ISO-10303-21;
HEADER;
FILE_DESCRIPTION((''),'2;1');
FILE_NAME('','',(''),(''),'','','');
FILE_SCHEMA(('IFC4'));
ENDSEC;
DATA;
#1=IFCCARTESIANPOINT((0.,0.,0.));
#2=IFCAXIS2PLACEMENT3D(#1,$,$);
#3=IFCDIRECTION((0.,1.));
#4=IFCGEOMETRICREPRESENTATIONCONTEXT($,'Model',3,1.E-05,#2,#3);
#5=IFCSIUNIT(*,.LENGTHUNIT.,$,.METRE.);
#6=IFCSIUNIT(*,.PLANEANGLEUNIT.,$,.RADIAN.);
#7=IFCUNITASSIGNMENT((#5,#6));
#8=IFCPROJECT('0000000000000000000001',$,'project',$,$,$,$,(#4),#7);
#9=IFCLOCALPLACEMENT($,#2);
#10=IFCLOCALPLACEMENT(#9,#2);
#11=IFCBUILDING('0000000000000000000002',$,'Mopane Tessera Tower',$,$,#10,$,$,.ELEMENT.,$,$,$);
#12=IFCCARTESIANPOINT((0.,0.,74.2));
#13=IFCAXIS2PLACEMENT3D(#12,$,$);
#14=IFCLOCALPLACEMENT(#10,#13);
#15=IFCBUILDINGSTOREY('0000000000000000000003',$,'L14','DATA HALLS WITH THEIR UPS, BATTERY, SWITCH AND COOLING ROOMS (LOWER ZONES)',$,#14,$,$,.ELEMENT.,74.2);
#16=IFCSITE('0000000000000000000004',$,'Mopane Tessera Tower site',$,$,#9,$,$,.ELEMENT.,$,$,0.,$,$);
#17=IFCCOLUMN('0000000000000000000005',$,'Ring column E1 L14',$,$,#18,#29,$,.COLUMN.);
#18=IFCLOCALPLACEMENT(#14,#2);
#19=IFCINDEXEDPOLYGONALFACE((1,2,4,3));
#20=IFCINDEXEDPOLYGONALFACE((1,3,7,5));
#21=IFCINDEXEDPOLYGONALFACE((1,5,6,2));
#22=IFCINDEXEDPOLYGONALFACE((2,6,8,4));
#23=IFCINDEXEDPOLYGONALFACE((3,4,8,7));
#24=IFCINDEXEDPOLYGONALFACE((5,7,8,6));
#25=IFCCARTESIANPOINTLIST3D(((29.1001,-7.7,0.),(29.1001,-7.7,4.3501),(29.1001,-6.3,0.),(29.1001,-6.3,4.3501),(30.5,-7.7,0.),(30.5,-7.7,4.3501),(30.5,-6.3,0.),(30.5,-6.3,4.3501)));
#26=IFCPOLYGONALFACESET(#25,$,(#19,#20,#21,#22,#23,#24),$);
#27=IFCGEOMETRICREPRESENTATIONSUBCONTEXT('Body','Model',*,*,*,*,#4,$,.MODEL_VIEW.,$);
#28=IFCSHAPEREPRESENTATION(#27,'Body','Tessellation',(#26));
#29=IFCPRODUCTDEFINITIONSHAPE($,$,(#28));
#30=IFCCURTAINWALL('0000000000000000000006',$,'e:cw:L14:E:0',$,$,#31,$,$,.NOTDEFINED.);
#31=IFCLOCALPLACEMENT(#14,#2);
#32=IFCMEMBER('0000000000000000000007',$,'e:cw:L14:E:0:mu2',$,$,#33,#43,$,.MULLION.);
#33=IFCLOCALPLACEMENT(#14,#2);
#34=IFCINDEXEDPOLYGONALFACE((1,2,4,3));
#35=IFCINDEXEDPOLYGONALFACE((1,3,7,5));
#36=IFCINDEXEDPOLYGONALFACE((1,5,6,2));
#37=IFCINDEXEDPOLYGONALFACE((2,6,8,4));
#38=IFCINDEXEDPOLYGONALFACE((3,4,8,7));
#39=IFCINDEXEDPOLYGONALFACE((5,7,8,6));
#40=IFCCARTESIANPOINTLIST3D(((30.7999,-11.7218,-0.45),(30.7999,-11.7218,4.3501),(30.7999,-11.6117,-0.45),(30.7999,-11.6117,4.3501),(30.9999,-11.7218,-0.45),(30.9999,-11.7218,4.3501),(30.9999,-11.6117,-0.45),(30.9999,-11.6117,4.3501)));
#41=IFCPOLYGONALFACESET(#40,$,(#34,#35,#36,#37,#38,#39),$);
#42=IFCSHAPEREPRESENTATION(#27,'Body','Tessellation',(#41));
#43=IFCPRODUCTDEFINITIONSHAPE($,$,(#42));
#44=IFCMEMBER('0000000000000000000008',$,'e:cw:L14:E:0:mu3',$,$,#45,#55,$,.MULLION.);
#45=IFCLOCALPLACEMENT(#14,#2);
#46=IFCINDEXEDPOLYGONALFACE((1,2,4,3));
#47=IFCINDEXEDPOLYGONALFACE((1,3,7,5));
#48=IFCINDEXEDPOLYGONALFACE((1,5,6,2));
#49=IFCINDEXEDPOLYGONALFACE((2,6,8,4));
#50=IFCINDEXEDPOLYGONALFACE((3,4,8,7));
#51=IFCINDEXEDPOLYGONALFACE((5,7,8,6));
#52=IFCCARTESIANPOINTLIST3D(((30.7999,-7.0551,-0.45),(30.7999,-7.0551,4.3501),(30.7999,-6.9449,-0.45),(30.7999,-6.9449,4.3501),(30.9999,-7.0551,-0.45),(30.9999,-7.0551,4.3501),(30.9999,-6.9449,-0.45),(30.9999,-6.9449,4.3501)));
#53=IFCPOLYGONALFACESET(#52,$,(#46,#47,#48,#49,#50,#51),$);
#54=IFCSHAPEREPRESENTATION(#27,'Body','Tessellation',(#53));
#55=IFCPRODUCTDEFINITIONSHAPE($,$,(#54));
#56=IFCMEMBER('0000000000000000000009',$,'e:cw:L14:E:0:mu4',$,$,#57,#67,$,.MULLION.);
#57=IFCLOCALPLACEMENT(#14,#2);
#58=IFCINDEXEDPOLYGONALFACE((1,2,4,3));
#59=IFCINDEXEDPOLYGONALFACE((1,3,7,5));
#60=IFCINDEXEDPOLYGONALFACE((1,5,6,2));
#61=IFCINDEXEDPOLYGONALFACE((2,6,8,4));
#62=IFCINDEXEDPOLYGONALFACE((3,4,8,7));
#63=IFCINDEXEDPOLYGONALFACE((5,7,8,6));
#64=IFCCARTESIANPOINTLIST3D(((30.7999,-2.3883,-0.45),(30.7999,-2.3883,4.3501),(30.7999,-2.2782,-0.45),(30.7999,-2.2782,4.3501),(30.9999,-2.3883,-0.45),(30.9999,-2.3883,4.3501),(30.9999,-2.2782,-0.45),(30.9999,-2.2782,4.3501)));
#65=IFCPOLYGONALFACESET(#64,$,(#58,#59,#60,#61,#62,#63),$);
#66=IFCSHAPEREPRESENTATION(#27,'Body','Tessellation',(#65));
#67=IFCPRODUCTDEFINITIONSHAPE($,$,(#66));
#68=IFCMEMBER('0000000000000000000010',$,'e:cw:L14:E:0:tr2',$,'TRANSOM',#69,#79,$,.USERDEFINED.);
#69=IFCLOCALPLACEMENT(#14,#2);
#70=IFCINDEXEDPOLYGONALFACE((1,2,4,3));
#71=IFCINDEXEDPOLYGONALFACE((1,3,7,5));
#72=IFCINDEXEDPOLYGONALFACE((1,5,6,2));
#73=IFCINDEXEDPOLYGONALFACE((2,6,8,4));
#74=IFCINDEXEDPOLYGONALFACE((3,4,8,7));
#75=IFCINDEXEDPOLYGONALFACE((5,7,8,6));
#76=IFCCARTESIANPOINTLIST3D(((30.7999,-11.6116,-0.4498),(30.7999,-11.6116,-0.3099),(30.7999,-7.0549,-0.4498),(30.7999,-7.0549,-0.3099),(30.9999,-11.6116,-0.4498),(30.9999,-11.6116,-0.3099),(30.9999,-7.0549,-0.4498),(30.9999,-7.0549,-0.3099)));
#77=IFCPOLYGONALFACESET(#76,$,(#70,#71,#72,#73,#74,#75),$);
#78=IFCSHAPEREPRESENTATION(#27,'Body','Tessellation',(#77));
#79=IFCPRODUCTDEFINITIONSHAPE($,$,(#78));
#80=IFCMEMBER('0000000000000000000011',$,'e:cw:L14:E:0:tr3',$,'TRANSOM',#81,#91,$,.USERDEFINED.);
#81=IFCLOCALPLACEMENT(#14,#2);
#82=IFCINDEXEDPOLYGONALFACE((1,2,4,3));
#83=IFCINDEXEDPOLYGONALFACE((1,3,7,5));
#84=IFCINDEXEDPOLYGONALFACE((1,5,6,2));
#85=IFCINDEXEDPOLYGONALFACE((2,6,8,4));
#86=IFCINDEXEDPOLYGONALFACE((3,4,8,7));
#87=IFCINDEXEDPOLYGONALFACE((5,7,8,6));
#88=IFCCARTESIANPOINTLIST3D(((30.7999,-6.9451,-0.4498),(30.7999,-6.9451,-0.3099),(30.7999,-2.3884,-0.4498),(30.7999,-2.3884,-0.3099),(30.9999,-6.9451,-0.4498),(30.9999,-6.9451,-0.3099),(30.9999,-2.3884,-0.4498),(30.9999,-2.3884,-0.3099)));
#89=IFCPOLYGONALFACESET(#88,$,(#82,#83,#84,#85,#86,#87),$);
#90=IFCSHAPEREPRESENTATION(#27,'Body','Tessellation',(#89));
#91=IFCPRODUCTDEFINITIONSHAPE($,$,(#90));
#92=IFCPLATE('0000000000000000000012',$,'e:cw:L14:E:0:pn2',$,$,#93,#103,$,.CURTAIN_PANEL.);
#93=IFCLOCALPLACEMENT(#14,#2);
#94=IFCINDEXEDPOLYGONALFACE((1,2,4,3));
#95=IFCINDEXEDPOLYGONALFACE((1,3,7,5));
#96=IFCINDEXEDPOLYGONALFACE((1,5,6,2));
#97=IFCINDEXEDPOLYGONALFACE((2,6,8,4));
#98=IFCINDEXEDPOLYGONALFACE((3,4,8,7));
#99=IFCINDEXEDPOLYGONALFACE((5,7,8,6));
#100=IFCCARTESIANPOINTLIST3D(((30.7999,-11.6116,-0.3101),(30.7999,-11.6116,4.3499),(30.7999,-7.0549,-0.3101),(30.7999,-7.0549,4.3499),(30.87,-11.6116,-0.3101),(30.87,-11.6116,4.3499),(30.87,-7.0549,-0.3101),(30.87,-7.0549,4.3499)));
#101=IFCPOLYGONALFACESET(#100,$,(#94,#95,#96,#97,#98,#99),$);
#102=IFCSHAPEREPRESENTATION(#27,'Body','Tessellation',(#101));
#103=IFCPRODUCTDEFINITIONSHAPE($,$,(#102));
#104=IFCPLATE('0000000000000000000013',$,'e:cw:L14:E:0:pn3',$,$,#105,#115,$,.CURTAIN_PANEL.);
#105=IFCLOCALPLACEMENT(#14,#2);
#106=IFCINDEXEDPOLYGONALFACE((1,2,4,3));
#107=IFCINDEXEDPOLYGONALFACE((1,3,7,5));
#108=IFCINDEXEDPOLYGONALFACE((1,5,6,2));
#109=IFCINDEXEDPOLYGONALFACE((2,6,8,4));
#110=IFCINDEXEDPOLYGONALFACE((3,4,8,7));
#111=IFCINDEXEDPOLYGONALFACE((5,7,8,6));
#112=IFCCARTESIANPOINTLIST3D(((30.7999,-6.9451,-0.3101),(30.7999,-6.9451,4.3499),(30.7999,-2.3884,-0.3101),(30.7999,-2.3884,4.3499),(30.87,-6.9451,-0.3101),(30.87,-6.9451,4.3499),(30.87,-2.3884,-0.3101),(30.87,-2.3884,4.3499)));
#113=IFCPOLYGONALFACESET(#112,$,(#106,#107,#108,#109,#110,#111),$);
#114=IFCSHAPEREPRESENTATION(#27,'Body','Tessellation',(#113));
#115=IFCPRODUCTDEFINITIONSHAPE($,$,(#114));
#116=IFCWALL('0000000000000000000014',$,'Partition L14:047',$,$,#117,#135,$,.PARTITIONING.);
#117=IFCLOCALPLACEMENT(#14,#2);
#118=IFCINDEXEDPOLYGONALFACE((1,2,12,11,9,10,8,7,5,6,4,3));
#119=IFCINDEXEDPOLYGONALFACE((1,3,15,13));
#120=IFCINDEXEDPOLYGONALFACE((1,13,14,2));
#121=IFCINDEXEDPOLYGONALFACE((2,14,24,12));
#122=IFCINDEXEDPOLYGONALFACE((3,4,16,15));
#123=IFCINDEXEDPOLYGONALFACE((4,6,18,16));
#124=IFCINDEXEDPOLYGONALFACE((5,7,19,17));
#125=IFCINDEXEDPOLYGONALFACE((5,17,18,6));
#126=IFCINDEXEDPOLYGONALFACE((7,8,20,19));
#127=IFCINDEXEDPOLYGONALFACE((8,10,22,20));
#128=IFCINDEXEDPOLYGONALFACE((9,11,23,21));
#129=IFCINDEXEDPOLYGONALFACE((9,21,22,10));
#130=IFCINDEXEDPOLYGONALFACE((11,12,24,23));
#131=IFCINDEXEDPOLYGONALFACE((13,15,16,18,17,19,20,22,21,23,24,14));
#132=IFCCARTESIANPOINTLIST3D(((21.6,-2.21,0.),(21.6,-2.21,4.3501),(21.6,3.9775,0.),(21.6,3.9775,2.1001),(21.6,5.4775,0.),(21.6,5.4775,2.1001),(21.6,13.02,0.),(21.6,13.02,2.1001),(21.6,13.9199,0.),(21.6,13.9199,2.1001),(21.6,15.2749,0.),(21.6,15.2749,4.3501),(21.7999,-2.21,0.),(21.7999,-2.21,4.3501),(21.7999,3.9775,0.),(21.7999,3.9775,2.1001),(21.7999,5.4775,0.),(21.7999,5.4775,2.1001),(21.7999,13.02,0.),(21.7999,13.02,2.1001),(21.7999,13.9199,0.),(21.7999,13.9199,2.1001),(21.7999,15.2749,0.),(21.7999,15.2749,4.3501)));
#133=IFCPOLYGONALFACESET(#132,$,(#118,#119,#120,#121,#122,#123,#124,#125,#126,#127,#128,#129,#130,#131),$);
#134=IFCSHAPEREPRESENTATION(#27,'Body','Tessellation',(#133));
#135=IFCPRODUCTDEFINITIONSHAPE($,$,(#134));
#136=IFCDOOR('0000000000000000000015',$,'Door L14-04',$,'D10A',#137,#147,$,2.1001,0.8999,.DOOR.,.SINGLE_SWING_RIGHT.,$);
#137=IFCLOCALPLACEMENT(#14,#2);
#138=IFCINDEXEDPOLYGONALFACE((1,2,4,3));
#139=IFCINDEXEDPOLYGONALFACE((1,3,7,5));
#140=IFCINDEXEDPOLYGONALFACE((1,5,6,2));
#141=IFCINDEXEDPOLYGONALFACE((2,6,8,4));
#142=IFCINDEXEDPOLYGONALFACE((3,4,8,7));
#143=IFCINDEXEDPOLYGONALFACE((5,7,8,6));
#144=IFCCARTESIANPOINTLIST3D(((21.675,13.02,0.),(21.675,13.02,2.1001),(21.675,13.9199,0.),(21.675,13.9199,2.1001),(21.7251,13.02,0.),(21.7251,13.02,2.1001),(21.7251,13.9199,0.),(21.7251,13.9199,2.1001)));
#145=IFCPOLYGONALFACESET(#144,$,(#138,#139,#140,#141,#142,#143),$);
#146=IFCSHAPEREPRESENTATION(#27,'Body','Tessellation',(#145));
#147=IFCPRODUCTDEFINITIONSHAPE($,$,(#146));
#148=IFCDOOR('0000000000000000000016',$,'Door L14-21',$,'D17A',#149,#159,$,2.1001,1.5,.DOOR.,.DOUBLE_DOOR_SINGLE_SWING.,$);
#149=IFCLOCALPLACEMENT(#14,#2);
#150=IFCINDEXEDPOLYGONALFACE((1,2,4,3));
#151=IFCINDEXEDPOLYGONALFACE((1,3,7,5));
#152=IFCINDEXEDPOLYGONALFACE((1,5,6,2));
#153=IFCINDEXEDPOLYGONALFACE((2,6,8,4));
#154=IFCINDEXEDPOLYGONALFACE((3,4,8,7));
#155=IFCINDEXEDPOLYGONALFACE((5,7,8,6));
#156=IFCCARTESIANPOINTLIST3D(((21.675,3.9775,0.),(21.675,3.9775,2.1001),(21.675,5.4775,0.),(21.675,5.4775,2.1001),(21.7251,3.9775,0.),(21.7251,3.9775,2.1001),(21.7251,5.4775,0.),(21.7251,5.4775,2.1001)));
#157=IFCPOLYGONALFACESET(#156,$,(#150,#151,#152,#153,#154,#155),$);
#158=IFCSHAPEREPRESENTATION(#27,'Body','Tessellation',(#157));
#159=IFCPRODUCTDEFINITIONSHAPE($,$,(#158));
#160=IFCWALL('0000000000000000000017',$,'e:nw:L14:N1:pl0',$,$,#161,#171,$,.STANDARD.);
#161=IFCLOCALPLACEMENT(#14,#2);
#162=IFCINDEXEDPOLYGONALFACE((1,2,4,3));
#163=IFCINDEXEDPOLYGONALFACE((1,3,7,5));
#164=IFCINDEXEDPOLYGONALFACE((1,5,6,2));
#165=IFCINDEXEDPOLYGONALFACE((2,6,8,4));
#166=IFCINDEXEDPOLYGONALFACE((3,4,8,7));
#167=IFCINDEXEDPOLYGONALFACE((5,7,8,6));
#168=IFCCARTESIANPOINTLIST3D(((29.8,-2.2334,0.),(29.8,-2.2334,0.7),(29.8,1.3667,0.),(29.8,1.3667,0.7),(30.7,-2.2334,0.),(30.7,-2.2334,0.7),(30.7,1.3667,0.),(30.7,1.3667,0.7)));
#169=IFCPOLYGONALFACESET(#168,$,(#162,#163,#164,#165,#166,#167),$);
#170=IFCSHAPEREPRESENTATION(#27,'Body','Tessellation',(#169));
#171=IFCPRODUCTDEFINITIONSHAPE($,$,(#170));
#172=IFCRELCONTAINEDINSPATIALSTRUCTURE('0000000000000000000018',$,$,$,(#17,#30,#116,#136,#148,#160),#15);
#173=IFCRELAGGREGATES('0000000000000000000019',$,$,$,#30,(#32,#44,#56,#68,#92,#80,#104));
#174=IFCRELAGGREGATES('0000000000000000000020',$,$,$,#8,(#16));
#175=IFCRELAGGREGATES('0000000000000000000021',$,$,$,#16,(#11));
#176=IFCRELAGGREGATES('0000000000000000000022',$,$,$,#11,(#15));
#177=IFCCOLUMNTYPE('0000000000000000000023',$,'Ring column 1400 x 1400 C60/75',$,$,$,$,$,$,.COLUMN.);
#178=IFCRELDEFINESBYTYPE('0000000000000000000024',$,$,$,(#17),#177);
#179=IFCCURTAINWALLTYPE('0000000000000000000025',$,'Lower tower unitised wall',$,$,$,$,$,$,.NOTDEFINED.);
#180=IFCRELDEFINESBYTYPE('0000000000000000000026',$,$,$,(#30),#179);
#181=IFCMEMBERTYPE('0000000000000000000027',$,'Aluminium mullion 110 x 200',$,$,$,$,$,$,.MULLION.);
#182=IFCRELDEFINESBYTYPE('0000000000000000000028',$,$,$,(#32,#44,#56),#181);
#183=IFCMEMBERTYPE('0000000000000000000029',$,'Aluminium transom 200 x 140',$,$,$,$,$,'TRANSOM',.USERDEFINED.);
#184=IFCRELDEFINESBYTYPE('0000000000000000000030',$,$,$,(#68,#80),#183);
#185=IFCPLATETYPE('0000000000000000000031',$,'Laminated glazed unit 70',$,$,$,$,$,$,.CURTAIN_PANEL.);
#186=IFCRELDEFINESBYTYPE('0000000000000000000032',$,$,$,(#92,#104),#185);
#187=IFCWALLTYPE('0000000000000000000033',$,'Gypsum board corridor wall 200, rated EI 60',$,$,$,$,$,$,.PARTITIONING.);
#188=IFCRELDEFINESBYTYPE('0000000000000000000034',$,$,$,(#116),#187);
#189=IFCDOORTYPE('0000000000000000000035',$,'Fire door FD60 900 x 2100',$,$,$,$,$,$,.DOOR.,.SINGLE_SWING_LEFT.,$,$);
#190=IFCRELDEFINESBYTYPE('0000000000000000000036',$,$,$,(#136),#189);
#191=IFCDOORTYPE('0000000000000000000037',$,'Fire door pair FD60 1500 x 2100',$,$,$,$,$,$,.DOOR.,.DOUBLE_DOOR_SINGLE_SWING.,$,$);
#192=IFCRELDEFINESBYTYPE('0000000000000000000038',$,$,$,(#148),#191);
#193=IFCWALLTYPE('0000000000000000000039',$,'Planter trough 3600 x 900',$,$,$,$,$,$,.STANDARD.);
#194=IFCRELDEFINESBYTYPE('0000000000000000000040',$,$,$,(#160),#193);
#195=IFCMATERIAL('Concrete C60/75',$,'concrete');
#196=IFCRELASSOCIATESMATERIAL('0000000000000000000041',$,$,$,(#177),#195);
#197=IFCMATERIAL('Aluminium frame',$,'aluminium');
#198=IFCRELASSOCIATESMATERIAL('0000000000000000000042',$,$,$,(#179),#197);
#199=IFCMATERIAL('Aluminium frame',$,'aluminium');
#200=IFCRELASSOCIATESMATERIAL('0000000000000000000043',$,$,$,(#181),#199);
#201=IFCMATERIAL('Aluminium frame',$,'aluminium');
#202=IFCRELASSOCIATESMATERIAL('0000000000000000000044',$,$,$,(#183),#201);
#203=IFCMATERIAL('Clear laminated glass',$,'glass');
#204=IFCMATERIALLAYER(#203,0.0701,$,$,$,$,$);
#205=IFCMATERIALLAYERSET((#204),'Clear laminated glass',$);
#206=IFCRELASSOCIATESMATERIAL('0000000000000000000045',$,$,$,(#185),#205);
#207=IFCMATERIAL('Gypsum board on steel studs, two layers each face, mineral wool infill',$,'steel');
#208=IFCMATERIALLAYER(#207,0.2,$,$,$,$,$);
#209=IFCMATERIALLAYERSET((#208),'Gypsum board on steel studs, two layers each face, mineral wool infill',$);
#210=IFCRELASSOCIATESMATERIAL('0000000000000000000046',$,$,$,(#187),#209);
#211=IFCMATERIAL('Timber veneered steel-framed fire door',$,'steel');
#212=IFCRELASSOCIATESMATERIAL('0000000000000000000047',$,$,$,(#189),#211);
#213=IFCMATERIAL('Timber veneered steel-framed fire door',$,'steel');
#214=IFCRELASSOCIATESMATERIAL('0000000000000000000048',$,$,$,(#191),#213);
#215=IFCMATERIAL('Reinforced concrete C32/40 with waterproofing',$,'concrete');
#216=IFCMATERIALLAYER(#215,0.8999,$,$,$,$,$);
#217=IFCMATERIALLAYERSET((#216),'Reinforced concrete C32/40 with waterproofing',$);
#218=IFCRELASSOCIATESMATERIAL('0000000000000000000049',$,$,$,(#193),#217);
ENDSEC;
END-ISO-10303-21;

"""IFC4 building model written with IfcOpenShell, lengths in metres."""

from ifc_helpers import new_model, si_unit, direction, frame, frame_2d, origin, origin_2d, place, context, subcontext, project, spatial, rectangle, extrude, material, layer, layer_set, material_profile, profile_set, type_object, element, fill, aggregate, save


model = new_model("IFC4")

# Units and contexts
model_context = context("Model", 3, precision=1e-05, world=origin(), true_north=direction((0.0, 1.0)))
body_context = subcontext(model_context, "Body", "Model", "MODEL_VIEW")
ifc_project = project(units=[si_unit("LENGTHUNIT", "METRE"), si_unit("PLANEANGLEUNIT", "RADIAN")], contexts=[model_context])

# Site, building, storey
site_placement = place(None, origin())
site = spatial("IfcSite", under=ifc_project, at=site_placement, Name="Mopane Tessera Tower site", CompositionType="ELEMENT", RefElevation=0.0)
building_placement = place(site_placement, origin())
building = spatial("IfcBuilding", under=site, at=building_placement, Name="Mopane Tessera Tower", CompositionType="ELEMENT")
storey_placement = place(building_placement, frame((0.0, 0.0, 74.2)))
storey = spatial("IfcBuildingStorey", under=building, at=storey_placement, Name="L14", Description="DATA HALLS WITH THEIR UPS, BATTERY, SWITCH AND COOLING ROOMS (LOWER ZONES)", CompositionType="ELEMENT", Elevation=74.2)

# Column
ifc_material_1 = material(Name="Concrete C60/75", Category="concrete")
ifc_material_profile_1 = material_profile(ifc_material_1, rectangle(XDim=1.3999, YDim=1.3999, at=origin_2d()))
ifc_profile_set_1 = profile_set([ifc_material_profile_1], Name="Concrete C60/75")
column_type = type_object("IfcColumnType", Name="Ring column 1400 x 1400 C60/75", PredefinedType="COLUMN", material=ifc_profile_set_1)
column_placement = place(storey_placement, frame((29.8, -7.0, 0.0), z_axis=(0.0, 0.0, 1.0), x_axis=(1.0, 0.0, 0.0)))
element("IfcColumn", 1, at=column_placement, inside=storey, type_object=column_type, Name="Ring column E1 L14", PredefinedType="COLUMN", context=body_context, shape_type="SweptSolid", body=[
    extrude(rectangle(XDim=1.3999, YDim=1.3999, at=origin_2d()), origin(), (0.0, 0.0, 1.0), 4.3501),
])

# Curtain wall, members, plates
ifc_material_2 = material(Name="Aluminium frame", Category="aluminium")
curtain_wall_type = type_object("IfcCurtainWallType", Name="Lower tower unitised wall", PredefinedType="NOTDEFINED", material=ifc_material_2)
curtain_wall_placement = place(storey_placement, origin())
curtain_wall = element("IfcCurtainWall", 2, at=curtain_wall_placement, inside=storey, type_object=curtain_wall_type, Name="e:cw:L14:E:0", PredefinedType="NOTDEFINED")
ifc_material_3 = material(Name="Aluminium frame", Category="aluminium")
ifc_material_profile_2 = material_profile(ifc_material_3, rectangle(XDim=0.1101, YDim=0.2, at=origin_2d()))
ifc_profile_set_2 = profile_set([ifc_material_profile_2], Name="Aluminium frame")
member_type_1 = type_object("IfcMemberType", Name="Aluminium mullion 110 x 200", PredefinedType="MULLION", material=ifc_profile_set_2)
member_1_placement = place(storey_placement, frame((30.8999, -11.6667, -0.45), z_axis=(0.0, 0.0, 1.0), x_axis=(0.0, 1.0, 0.0)))
member_1 = element("IfcMember", 3, at=member_1_placement, type_object=member_type_1, Name="e:cw:L14:E:0:mu2", PredefinedType="MULLION", context=body_context, shape_type="SweptSolid", body=[
    extrude(rectangle(XDim=0.1101, YDim=0.2, at=origin_2d()), origin(), (0.0, 0.0, 1.0), 4.8),
])
member_2_placement = place(storey_placement, frame((30.8999, -7.0, -0.45), z_axis=(0.0, 0.0, 1.0), x_axis=(0.0, 1.0, 0.0)))
member_2 = element("IfcMember", 4, at=member_2_placement, type_object=member_type_1, Name="e:cw:L14:E:0:mu3", PredefinedType="MULLION", context=body_context, shape_type="SweptSolid", body=[
    extrude(rectangle(XDim=0.1101, YDim=0.2, at=origin_2d()), origin(), (0.0, 0.0, 1.0), 4.8),
])
member_3_placement = place(storey_placement, frame((30.8999, -2.3333, -0.45), z_axis=(0.0, 0.0, 1.0), x_axis=(0.0, 1.0, 0.0)))
member_3 = element("IfcMember", 5, at=member_3_placement, type_object=member_type_1, Name="e:cw:L14:E:0:mu4", PredefinedType="MULLION", context=body_context, shape_type="SweptSolid", body=[
    extrude(rectangle(XDim=0.1101, YDim=0.2, at=origin_2d()), origin(), (0.0, 0.0, 1.0), 4.8),
])
ifc_material_4 = material(Name="Aluminium frame", Category="aluminium")
ifc_material_profile_3 = material_profile(ifc_material_4, rectangle(XDim=0.2, YDim=0.1399, at=origin_2d()))
ifc_profile_set_3 = profile_set([ifc_material_profile_3], Name="Aluminium frame")
member_type_2 = type_object("IfcMemberType", Name="Aluminium transom 200 x 140", ElementType="TRANSOM", PredefinedType="USERDEFINED", material=ifc_profile_set_3)
member_4_placement = place(storey_placement, frame((30.8999, -11.6116, -0.3799), z_axis=(0.0, 1.0, 0.0), x_axis=(-1.0, 0.0, 0.0)))
member_4 = element("IfcMember", 6, at=member_4_placement, type_object=member_type_2, Name="e:cw:L14:E:0:tr2", ObjectType="TRANSOM", PredefinedType="USERDEFINED", context=body_context, shape_type="SweptSolid", body=[
    extrude(rectangle(XDim=0.2, YDim=0.1399, at=origin_2d()), origin(), (0.0, 0.0, 1.0), 4.5566),
])
member_5_placement = place(storey_placement, frame((30.8999, -6.9451, -0.3799), z_axis=(0.0, 1.0, 0.0), x_axis=(-1.0, 0.0, 0.0)))
member_5 = element("IfcMember", 7, at=member_5_placement, type_object=member_type_2, Name="e:cw:L14:E:0:tr3", ObjectType="TRANSOM", PredefinedType="USERDEFINED", context=body_context, shape_type="SweptSolid", body=[
    extrude(rectangle(XDim=0.2, YDim=0.1399, at=origin_2d()), origin(), (0.0, 0.0, 1.0), 4.5566),
])
ifc_material_5 = material(Name="Clear laminated glass", Category="glass")
ifc_layer_1 = layer(ifc_material_5, 0.0701)
ifc_layer_set_1 = layer_set([ifc_layer_1], Name="Clear laminated glass")
plate_type = type_object("IfcPlateType", Name="Laminated glazed unit 70", PredefinedType="CURTAIN_PANEL", material=ifc_layer_set_1)
plate_1_placement = place(storey_placement, frame((30.835, -9.3333, -0.3101), z_axis=(0.0, 0.0, 1.0), x_axis=(0.0, 1.0, 0.0)))
plate_1 = element("IfcPlate", 8, at=plate_1_placement, type_object=plate_type, Name="e:cw:L14:E:0:pn2", PredefinedType="CURTAIN_PANEL", context=body_context, shape_type="SweptSolid", body=[
    extrude(rectangle(XDim=4.5566, YDim=0.0701, at=origin_2d()), origin(), (0.0, 0.0, 1.0), 4.6599),
])
plate_2_placement = place(storey_placement, frame((30.835, -4.6667, -0.3101), z_axis=(0.0, 0.0, 1.0), x_axis=(0.0, 1.0, 0.0)))
plate_2 = element("IfcPlate", 9, at=plate_2_placement, type_object=plate_type, Name="e:cw:L14:E:0:pn3", PredefinedType="CURTAIN_PANEL", context=body_context, shape_type="SweptSolid", body=[
    extrude(rectangle(XDim=4.5566, YDim=0.0701, at=origin_2d()), origin(), (0.0, 0.0, 1.0), 4.6599),
])
aggregate(curtain_wall, [member_1, member_2, member_3, member_4, plate_1, member_5, plate_2])

# Wall, openings, doors
ifc_material_6 = material(Name="Gypsum board on steel studs, two layers each face, mineral wool infill", Category="steel")
ifc_layer_2 = layer(ifc_material_6, 0.2)
ifc_layer_set_2 = layer_set([ifc_layer_2], Name="Gypsum board on steel studs, two layers each face, mineral wool infill")
wall_type_1 = type_object("IfcWallType", Name="Gypsum board corridor wall 200, rated EI 60", PredefinedType="PARTITIONING", material=ifc_layer_set_2)
wall_1_placement = place(storey_placement, frame((21.7, -2.21, 0.0), z_axis=(0.0, 0.0, 1.0), x_axis=(0.0, 1.0, 0.0)))
wall_1 = element("IfcWall", 10, at=wall_1_placement, inside=storey, type_object=wall_type_1, Name="Partition L14:047", PredefinedType="PARTITIONING", context=body_context, shape_type="SweptSolid", body=[
    extrude(rectangle(XDim=17.4849, YDim=0.2, at=frame_2d((8.7424, 0.0))), origin(), (0.0, 0.0, 1.0), 4.3501),
])
opening_1_placement = place(wall_1_placement, frame((15.23, 0.0, 0.0)))
opening_1 = element("IfcOpeningElement", 11, at=opening_1_placement, cuts=wall_1, PredefinedType="OPENING", context=body_context, shape_type="SweptSolid", body=[
    extrude(rectangle(XDim=0.8999, YDim=2.1001, at=frame_2d((0.45, 1.05))), frame((0.0, 0.1121, 0.0), z_axis=(0.0, -1.0, 0.0), x_axis=(1.0, 0.0, 0.0)), (0.0, 0.0, 1.0), 0.2239),
])
opening_2_placement = place(wall_1_placement, frame((6.1875, 0.0, 0.0)))
opening_2 = element("IfcOpeningElement", 12, at=opening_2_placement, cuts=wall_1, PredefinedType="OPENING", context=body_context, shape_type="SweptSolid", body=[
    extrude(rectangle(XDim=1.5, YDim=2.1001, at=frame_2d((0.75, 1.05))), frame((0.0, 0.1121, 0.0), z_axis=(0.0, -1.0, 0.0), x_axis=(1.0, 0.0, 0.0)), (0.0, 0.0, 1.0), 0.2239),
])
ifc_material_7 = material(Name="Timber veneered steel-framed fire door", Category="steel")
door_type_1 = type_object("IfcDoorType", Name="Fire door FD60 900 x 2100", OperationType="SINGLE_SWING_LEFT", PredefinedType="DOOR", material=ifc_material_7)
door_1_placement = place(opening_1_placement, origin())
door_1 = element("IfcDoor", 13, at=door_1_placement, inside=storey, type_object=door_type_1, Name="Door L14-04", ObjectType="D10A", OperationType="SINGLE_SWING_RIGHT", OverallHeight=2.1001, OverallWidth=0.8999, PredefinedType="DOOR", context=body_context, shape_type="SweptSolid", body=[
    extrude(rectangle(XDim=0.8999, YDim=2.1001, at=frame_2d((0.45, 1.05))), frame((0.0, 0.0249, 0.0), z_axis=(0.0, -1.0, 0.0), x_axis=(1.0, 0.0, 0.0)), (0.0, 0.0, 1.0), 0.05),
])
fill(opening_1, door_1)
ifc_material_8 = material(Name="Timber veneered steel-framed fire door", Category="steel")
door_type_2 = type_object("IfcDoorType", Name="Fire door pair FD60 1500 x 2100", OperationType="DOUBLE_DOOR_SINGLE_SWING", PredefinedType="DOOR", material=ifc_material_8)
door_2_placement = place(opening_2_placement, origin())
door_2 = element("IfcDoor", 14, at=door_2_placement, inside=storey, type_object=door_type_2, Name="Door L14-21", ObjectType="D17A", OperationType="DOUBLE_DOOR_SINGLE_SWING", OverallHeight=2.1001, OverallWidth=1.5, PredefinedType="DOOR", context=body_context, shape_type="SweptSolid", body=[
    extrude(rectangle(XDim=1.5, YDim=2.1001, at=frame_2d((0.75, 1.05))), frame((0.0, 0.0249, 0.0), z_axis=(0.0, -1.0, 0.0), x_axis=(1.0, 0.0, 0.0)), (0.0, 0.0, 1.0), 0.05),
])
fill(opening_2, door_2)

# Wall
ifc_material_9 = material(Name="Reinforced concrete C32/40 with waterproofing", Category="concrete")
ifc_layer_3 = layer(ifc_material_9, 0.8999)
ifc_layer_set_3 = layer_set([ifc_layer_3], Name="Reinforced concrete C32/40 with waterproofing")
wall_type_2 = type_object("IfcWallType", Name="Planter trough 3600 x 900", PredefinedType="STANDARD", material=ifc_layer_set_3)
wall_2_placement = place(storey_placement, frame((30.25, -2.2334, 0.0), z_axis=(0.0, 0.0, 1.0), x_axis=(0.0, 1.0, 0.0)))
element("IfcWall", 15, at=wall_2_placement, inside=storey, type_object=wall_type_2, Name="e:nw:L14:N1:pl0", PredefinedType="STANDARD", context=body_context, shape_type="SweptSolid", body=[
    extrude(rectangle(XDim=3.6001, YDim=0.8999, at=frame_2d((1.8, 0.0))), origin(), (0.0, 0.0, 1.0), 0.7),
])

save(model, "model.ifc")
